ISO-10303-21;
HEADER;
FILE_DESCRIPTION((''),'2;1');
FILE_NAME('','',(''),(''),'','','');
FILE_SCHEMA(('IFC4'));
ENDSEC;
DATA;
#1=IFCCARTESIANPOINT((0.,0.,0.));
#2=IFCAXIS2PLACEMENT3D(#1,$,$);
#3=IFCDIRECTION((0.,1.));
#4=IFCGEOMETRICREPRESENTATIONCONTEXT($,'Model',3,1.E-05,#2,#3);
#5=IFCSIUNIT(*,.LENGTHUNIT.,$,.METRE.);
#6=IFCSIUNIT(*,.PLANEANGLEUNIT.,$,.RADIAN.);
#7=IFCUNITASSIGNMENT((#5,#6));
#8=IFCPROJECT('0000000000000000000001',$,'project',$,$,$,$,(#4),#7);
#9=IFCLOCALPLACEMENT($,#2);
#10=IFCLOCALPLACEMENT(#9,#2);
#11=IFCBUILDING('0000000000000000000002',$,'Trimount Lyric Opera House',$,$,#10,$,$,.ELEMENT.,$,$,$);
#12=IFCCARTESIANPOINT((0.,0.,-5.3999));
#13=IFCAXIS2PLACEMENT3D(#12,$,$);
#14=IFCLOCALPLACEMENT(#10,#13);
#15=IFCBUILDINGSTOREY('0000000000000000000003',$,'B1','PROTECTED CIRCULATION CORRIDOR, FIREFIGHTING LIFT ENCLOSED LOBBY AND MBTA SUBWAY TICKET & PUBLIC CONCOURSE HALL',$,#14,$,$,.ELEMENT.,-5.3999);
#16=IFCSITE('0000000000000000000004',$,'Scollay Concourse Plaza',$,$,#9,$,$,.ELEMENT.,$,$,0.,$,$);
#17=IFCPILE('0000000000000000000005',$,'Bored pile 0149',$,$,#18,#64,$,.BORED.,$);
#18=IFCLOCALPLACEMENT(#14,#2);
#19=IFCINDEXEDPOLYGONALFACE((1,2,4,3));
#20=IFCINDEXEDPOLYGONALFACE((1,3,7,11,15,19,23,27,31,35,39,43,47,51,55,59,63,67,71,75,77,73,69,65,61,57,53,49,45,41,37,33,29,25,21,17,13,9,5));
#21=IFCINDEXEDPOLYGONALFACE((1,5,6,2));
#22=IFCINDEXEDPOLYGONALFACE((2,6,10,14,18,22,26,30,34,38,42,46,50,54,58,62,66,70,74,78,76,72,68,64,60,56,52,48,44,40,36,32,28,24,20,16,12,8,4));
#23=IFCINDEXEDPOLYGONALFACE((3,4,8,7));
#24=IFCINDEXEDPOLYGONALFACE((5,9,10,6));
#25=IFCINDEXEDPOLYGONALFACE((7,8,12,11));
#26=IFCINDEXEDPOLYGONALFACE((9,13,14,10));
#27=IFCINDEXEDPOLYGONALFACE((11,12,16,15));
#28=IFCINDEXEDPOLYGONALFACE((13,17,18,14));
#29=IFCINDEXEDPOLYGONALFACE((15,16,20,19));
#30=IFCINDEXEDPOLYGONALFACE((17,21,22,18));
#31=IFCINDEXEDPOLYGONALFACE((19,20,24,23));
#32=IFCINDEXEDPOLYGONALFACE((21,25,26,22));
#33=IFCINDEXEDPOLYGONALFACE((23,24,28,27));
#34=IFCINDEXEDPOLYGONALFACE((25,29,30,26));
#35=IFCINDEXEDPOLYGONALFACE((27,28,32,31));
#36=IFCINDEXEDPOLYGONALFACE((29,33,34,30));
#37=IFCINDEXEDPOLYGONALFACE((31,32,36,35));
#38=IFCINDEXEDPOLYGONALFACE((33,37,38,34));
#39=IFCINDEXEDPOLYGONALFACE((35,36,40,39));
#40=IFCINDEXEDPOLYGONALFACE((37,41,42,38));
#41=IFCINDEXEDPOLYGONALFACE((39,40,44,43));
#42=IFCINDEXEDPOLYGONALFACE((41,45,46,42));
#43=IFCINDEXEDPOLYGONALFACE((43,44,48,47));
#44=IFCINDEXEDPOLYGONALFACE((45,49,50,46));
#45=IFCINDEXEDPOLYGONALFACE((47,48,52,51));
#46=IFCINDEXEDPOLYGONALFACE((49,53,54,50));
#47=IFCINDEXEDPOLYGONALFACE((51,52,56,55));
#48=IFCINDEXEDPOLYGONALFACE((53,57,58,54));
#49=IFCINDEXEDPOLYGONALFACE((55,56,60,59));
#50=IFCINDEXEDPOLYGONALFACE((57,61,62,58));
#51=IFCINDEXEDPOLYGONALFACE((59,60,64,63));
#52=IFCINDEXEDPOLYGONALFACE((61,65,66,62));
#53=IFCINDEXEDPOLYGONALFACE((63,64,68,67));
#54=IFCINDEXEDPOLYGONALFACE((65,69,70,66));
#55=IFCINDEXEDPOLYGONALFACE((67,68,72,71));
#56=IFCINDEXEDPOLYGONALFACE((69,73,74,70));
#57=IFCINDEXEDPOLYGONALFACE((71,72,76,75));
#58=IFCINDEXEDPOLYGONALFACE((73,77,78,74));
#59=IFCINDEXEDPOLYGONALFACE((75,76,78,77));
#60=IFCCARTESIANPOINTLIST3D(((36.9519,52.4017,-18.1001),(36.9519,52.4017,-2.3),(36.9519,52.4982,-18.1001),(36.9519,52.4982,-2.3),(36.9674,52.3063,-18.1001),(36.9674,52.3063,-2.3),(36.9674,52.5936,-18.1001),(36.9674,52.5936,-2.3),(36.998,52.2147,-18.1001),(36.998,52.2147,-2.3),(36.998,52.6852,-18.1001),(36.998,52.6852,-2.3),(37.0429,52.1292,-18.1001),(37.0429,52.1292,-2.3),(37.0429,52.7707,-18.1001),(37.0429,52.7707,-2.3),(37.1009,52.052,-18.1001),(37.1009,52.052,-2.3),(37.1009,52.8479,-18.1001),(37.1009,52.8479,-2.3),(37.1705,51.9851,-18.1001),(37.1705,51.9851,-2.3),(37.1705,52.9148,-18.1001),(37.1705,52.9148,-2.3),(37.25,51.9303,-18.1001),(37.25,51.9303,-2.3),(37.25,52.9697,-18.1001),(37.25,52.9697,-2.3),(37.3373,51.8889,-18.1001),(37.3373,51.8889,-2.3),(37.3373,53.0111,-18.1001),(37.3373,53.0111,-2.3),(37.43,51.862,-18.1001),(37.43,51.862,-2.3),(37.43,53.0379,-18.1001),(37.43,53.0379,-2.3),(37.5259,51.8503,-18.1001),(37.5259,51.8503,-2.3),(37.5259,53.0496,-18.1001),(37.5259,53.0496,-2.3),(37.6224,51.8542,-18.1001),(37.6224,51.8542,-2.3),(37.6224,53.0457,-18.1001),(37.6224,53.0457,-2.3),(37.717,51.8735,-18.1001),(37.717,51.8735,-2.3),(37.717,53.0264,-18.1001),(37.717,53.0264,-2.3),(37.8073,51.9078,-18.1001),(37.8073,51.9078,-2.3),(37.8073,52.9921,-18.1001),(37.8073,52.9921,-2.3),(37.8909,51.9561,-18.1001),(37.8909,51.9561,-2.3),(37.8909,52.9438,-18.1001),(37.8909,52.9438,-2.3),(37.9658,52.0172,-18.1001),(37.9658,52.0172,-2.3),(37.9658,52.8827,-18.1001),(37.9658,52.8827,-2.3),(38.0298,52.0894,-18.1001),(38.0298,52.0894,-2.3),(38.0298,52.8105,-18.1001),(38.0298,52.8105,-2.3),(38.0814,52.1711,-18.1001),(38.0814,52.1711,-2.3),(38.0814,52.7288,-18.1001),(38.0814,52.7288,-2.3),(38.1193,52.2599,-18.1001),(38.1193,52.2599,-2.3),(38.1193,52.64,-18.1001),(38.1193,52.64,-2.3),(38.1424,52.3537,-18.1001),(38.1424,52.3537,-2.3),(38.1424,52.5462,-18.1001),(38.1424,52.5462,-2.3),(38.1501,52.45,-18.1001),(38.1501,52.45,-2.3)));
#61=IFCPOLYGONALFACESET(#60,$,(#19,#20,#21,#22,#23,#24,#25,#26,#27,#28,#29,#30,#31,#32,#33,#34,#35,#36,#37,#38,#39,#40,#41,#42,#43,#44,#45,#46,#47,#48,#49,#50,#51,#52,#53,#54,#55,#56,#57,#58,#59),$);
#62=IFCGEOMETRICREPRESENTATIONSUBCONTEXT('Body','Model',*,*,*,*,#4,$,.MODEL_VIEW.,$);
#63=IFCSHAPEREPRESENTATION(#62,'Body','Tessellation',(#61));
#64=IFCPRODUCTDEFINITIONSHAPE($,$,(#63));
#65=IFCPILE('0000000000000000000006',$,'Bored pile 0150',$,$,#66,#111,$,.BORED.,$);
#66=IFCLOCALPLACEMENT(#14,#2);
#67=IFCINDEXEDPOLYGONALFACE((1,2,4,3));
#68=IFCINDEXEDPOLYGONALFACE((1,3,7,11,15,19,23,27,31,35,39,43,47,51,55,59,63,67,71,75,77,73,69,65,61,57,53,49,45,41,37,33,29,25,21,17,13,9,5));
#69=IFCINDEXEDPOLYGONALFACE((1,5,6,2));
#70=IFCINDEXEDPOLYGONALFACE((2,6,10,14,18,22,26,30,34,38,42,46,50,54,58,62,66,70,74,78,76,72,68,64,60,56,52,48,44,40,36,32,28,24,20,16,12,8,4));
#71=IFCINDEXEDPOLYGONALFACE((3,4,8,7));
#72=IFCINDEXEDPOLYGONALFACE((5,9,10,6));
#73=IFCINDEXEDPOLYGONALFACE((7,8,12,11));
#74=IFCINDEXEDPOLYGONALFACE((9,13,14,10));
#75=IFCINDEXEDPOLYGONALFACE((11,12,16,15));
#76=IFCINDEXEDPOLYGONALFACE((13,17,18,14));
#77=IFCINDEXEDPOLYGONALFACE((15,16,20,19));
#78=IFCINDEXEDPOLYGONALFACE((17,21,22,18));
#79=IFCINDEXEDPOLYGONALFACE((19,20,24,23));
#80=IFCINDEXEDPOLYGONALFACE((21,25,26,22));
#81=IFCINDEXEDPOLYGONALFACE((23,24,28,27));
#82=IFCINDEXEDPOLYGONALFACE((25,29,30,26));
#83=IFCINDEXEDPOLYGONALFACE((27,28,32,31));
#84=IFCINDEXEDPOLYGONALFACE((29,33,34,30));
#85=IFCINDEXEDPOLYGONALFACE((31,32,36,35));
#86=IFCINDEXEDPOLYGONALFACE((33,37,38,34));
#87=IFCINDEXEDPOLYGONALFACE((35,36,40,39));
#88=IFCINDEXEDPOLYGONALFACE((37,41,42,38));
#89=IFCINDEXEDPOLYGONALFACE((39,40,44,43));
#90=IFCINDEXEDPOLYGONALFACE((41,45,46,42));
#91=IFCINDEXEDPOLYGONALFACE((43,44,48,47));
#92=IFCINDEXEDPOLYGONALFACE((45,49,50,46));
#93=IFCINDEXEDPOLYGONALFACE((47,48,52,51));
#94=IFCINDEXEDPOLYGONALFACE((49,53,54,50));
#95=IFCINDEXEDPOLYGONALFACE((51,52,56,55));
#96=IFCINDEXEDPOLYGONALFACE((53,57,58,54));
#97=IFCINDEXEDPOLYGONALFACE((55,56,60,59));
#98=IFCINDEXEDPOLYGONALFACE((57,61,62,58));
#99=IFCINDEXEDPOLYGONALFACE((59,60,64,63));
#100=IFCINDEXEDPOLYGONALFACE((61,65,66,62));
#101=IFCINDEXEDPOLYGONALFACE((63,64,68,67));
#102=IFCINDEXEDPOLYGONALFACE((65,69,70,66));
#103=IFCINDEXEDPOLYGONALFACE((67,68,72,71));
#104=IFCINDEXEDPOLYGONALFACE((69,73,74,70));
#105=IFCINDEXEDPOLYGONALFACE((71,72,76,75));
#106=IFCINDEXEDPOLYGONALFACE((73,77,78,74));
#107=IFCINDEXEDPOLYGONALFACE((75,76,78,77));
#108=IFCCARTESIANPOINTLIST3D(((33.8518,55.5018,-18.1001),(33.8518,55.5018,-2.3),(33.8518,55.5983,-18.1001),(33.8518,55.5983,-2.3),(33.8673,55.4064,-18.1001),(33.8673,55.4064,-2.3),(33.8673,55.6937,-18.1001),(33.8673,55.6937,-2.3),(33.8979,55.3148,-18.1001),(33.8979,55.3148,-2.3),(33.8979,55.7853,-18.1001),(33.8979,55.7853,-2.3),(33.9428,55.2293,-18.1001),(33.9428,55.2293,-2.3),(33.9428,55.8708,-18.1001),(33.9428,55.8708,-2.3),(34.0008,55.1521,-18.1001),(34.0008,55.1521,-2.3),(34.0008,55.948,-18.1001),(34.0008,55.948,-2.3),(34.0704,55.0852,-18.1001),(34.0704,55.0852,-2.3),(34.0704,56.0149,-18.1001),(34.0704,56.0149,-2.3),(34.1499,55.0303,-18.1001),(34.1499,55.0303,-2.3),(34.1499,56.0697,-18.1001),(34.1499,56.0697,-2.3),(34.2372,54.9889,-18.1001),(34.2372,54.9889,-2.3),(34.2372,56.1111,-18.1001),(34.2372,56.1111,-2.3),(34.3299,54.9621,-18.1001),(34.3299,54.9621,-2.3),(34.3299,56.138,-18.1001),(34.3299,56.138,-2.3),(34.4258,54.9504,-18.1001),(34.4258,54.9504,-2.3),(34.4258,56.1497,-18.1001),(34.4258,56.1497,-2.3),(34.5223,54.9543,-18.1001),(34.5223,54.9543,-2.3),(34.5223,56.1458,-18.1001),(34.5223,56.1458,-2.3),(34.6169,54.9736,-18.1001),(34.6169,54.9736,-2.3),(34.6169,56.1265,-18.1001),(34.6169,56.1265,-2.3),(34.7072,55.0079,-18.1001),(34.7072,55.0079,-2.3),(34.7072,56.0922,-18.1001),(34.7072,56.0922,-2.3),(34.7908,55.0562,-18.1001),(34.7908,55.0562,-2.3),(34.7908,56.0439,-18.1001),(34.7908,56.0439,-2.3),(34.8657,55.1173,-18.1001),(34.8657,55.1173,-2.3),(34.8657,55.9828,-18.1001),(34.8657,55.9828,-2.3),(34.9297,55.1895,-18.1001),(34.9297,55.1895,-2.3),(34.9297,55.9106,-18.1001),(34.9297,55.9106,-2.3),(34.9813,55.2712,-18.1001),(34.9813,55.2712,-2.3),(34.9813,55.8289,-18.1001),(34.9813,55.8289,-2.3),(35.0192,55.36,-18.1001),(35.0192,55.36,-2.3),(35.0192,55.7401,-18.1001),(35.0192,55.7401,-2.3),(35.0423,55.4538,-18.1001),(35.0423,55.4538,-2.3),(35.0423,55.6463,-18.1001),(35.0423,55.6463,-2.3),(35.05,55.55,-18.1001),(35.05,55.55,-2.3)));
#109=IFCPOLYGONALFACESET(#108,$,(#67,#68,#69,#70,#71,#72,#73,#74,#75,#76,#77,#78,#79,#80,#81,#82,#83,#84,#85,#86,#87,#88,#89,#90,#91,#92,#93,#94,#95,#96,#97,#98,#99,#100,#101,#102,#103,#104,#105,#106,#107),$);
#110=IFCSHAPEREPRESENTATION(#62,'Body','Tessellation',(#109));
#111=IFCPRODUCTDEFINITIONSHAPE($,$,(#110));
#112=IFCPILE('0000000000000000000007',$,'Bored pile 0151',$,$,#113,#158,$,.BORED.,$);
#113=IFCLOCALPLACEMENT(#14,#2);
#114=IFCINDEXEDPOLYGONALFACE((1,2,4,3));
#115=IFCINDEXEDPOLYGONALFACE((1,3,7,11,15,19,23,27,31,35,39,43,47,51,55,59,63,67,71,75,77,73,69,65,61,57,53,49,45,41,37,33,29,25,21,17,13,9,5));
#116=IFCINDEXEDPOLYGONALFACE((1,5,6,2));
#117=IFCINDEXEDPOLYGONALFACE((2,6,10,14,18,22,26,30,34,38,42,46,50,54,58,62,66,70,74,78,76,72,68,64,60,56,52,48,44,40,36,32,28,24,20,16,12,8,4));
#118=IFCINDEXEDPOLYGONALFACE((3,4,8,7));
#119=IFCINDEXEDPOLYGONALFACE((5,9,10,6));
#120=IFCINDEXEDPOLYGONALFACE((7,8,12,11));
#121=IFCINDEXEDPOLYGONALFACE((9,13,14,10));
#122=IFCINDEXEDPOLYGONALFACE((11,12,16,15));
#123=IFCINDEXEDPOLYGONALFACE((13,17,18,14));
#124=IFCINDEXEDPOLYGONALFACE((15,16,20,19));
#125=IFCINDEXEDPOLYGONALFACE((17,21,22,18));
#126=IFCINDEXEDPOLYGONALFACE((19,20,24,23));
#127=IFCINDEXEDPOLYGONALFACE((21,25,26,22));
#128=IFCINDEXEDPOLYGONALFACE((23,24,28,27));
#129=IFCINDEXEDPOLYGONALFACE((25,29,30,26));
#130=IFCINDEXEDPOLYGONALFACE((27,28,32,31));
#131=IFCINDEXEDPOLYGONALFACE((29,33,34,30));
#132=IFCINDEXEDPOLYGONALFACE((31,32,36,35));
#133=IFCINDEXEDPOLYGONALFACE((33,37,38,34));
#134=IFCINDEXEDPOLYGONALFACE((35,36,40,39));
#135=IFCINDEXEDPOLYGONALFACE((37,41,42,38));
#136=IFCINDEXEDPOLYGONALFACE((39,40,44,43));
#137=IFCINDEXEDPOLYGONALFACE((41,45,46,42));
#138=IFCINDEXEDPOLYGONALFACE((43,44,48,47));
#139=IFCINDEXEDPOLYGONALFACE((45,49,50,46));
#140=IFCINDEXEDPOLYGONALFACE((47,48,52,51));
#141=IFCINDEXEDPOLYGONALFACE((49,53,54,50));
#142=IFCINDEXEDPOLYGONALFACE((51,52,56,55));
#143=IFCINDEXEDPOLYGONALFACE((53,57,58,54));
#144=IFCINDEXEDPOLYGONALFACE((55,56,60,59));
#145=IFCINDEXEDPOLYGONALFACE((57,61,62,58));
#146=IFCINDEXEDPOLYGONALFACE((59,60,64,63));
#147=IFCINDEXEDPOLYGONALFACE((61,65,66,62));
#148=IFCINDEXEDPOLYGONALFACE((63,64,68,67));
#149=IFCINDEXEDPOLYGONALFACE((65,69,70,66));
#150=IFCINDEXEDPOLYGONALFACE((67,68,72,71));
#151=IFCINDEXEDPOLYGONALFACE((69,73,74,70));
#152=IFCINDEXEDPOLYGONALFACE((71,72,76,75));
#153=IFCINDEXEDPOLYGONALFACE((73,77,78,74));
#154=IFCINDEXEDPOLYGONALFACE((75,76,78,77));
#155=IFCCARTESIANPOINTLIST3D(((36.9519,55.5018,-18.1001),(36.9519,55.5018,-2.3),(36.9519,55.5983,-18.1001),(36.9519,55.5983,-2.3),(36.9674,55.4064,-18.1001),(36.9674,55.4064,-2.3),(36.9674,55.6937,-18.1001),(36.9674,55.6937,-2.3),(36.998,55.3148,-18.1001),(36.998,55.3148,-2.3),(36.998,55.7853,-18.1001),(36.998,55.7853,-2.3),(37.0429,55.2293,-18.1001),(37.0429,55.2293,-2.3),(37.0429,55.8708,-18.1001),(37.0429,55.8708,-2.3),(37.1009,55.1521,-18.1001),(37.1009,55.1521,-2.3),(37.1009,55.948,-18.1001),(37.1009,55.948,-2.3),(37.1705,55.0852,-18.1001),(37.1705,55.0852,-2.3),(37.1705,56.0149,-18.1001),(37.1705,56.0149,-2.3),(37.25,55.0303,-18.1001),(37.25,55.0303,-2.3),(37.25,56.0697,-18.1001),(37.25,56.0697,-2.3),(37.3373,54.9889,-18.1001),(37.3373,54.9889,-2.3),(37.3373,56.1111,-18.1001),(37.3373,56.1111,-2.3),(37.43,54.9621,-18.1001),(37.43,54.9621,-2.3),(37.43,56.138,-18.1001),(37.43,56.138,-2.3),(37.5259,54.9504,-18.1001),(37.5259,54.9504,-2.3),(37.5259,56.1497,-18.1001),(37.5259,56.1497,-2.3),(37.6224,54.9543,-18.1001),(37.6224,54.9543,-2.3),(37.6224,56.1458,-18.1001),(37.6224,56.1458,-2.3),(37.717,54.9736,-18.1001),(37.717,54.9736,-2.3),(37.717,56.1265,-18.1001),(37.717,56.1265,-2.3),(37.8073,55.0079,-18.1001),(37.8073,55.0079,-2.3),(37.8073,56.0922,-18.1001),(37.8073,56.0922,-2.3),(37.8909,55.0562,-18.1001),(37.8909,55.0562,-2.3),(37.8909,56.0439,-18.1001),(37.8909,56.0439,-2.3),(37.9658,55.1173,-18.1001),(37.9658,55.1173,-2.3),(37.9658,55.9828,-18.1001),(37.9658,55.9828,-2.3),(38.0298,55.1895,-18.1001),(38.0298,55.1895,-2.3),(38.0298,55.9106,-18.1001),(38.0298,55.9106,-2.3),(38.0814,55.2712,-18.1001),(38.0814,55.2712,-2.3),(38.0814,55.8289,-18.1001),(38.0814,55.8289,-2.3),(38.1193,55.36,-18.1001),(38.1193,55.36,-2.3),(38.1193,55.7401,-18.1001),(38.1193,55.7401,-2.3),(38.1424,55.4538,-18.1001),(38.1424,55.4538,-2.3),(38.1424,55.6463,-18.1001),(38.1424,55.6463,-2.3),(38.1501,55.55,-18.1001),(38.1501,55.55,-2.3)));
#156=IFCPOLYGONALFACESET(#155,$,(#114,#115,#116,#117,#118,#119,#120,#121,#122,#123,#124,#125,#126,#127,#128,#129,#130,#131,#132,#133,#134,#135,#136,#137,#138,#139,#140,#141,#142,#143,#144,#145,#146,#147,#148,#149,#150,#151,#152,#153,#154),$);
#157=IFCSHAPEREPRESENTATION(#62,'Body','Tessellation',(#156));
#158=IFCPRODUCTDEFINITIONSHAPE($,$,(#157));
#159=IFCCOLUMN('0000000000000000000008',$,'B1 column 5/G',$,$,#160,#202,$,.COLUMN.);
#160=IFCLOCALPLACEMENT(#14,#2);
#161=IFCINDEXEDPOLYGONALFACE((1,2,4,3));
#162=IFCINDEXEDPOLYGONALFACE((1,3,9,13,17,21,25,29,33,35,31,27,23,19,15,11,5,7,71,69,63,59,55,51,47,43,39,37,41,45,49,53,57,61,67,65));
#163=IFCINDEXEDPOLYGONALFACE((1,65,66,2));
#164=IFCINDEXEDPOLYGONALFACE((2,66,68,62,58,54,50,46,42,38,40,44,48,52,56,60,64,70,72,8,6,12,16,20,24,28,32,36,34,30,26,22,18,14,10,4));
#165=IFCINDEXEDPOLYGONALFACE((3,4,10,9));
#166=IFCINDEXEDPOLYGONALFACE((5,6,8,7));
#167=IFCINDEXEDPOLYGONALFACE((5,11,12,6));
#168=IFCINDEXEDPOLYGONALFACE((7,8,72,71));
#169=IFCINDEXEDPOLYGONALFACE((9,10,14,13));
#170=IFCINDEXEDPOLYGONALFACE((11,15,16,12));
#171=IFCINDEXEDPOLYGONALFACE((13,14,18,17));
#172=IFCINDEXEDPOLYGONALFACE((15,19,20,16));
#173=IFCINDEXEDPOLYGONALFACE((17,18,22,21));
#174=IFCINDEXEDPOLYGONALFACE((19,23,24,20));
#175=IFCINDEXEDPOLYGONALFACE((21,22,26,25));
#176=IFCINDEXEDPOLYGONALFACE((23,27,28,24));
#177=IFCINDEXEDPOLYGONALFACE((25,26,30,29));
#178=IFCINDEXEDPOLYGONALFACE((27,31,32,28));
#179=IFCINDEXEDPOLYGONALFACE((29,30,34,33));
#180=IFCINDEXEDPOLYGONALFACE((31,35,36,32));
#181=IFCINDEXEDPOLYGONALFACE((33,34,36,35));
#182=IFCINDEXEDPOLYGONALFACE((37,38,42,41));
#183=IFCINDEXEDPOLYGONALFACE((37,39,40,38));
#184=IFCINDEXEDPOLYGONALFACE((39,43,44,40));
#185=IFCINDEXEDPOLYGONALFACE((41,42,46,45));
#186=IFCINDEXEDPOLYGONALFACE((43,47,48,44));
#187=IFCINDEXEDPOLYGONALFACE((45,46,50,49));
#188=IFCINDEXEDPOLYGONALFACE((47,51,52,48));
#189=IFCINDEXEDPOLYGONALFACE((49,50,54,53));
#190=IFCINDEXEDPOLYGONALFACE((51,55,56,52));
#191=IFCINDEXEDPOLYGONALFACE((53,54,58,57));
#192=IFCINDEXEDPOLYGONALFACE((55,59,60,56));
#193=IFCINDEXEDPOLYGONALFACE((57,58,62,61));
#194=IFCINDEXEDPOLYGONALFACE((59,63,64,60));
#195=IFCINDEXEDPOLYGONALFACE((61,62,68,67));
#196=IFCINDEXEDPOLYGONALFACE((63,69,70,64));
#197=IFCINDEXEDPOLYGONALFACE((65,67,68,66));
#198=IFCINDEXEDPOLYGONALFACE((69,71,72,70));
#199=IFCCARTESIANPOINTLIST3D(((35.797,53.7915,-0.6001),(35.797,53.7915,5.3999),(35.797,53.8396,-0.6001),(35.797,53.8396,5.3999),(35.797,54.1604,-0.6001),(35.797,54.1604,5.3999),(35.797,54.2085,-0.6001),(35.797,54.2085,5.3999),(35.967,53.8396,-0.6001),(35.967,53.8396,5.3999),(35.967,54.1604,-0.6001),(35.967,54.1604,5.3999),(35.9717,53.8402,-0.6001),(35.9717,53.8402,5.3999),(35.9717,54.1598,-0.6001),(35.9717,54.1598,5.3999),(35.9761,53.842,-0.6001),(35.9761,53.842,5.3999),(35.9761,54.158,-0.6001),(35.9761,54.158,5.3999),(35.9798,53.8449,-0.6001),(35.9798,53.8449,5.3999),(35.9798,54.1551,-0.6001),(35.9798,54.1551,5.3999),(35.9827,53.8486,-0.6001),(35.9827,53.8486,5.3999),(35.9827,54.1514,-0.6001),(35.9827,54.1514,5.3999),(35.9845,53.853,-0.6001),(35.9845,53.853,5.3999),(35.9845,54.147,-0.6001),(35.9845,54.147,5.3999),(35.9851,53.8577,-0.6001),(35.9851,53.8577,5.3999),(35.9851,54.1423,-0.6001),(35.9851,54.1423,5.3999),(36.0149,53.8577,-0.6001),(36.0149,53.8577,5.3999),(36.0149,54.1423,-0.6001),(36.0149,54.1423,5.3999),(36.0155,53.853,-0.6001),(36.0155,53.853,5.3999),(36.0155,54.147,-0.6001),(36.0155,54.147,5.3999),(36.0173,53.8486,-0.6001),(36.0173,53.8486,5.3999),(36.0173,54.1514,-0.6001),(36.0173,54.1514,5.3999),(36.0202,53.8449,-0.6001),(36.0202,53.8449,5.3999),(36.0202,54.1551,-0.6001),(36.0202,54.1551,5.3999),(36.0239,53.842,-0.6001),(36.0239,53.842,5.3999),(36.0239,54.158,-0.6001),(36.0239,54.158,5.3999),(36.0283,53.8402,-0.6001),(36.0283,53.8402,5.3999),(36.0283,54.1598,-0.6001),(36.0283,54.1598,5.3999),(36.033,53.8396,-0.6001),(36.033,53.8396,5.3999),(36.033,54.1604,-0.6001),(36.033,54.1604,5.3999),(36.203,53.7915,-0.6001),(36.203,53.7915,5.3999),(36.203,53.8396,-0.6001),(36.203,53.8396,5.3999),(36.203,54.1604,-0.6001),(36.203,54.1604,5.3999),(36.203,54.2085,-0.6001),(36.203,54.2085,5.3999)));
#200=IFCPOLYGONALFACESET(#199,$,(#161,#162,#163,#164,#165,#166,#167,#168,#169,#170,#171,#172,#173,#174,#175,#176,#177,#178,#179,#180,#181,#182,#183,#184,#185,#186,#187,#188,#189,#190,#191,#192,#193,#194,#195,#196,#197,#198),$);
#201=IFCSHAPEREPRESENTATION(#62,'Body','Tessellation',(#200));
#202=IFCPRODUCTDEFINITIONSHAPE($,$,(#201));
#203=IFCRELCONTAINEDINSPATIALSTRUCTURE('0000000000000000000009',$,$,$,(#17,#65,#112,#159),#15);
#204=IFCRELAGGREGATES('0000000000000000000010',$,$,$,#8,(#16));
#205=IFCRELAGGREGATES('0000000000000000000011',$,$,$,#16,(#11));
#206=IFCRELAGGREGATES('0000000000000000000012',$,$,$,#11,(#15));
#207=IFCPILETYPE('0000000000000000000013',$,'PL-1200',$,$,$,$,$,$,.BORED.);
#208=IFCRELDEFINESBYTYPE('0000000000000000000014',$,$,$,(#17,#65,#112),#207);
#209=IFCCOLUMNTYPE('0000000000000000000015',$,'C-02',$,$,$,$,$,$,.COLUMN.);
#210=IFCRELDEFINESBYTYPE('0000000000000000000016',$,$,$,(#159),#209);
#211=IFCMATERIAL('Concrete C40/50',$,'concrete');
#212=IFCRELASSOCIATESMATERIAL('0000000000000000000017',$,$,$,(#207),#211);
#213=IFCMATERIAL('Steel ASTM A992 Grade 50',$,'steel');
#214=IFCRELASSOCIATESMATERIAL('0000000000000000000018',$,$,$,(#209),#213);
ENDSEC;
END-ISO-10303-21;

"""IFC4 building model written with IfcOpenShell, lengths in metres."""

from ifc_helpers import new_model, si_unit, direction, frame, origin, origin_2d, place, context, subcontext, project, spatial, circle, i_section, extrude, material, material_profile, profile_set, type_object, element, save


model = new_model("IFC4")

# Units and contexts
model_context = context("Model", 3, precision=1e-05, world=origin(), true_north=direction((0.0, 1.0)))
body_context = subcontext(model_context, "Body", "Model", "MODEL_VIEW")
ifc_project = project(units=[si_unit("LENGTHUNIT", "METRE"), si_unit("PLANEANGLEUNIT", "RADIAN")], contexts=[model_context])

# Site, building, storey
site_placement = place(None, origin())
site = spatial("IfcSite", under=ifc_project, at=site_placement, Name="Scollay Concourse Plaza", CompositionType="ELEMENT", RefElevation=0.0)
building_placement = place(site_placement, origin())
building = spatial("IfcBuilding", under=site, at=building_placement, Name="Trimount Lyric Opera House", CompositionType="ELEMENT")
storey_placement = place(building_placement, frame((0.0, 0.0, -5.3999)))
storey = spatial("IfcBuildingStorey", under=building, at=storey_placement, Name="B1", Description="PROTECTED CIRCULATION CORRIDOR, FIREFIGHTING LIFT ENCLOSED LOBBY AND MBTA SUBWAY TICKET & PUBLIC CONCOURSE HALL", CompositionType="ELEMENT", Elevation=-5.3999)

# Piles
ifc_material_1 = material(Name="Concrete C40/50", Category="concrete")
ifc_material_profile_1 = material_profile(ifc_material_1, circle(Radius=0.6001, at=origin_2d()), Name="PILE-D1200")
ifc_profile_set_1 = profile_set([ifc_material_profile_1], Name="Concrete C40/50")
pile_type_1 = type_object("IfcPileType", Name="PL-1200", PredefinedType="BORED", material=ifc_profile_set_1)
for number, where, z_axis, x_axis, name in (
    (1, (37.55, 52.45, -2.3), (0.0, 0.0, -1.0), (1.0, 0.0, 0.0), "Bored pile 0149"),
    (2, (34.45, 55.55, -2.3), (0.0, 0.0, -1.0), (1.0, 0.0, 0.0), "Bored pile 0150"),
    (3, (37.55, 55.55, -2.3), (0.0, 0.0, -1.0), (1.0, 0.0, 0.0), "Bored pile 0151"),
):
    element("IfcPile", number, at=place(storey_placement, frame(where, z_axis=z_axis, x_axis=x_axis)), inside=storey, type_object=pile_type_1, Name=name, PredefinedType="BORED", context=body_context, shape_type="SweptSolid", body=[
        extrude(circle(Radius=0.6001, at=origin_2d()), origin(), (0.0, 0.0, 1.0), 15.8),
    ])

# Column
ifc_material_2 = material(Name="Steel ASTM A992 Grade 50", Category="steel")
ifc_material_profile_2 = material_profile(ifc_material_2, i_section(OverallWidth=0.406, OverallDepth=0.417, WebThickness=0.0298, FlangeThickness=0.0481, FilletRadius=0.0181, at=origin_2d()), Name="W14X257")
ifc_profile_set_2 = profile_set([ifc_material_profile_2], Name="Steel ASTM A992 Grade 50")
column_type_1 = type_object("IfcColumnType", Name="C-02", PredefinedType="COLUMN", material=ifc_profile_set_2)
column_1_placement = place(storey_placement, frame((36.0, 54.0, -0.6001), z_axis=(0.0, 0.0, 1.0), x_axis=(1.0, 0.0, 0.0)))
element("IfcColumn", 4, at=column_1_placement, inside=storey, type_object=column_type_1, Name="B1 column 5/G", PredefinedType="COLUMN", context=body_context, shape_type="SweptSolid", body=[
    extrude(i_section(OverallWidth=0.406, OverallDepth=0.417, WebThickness=0.0298, FlangeThickness=0.0481, FilletRadius=0.0181, at=origin_2d()), origin(), (0.0, 0.0, 1.0), 6.0),
])

save(model, "model.ifc")
